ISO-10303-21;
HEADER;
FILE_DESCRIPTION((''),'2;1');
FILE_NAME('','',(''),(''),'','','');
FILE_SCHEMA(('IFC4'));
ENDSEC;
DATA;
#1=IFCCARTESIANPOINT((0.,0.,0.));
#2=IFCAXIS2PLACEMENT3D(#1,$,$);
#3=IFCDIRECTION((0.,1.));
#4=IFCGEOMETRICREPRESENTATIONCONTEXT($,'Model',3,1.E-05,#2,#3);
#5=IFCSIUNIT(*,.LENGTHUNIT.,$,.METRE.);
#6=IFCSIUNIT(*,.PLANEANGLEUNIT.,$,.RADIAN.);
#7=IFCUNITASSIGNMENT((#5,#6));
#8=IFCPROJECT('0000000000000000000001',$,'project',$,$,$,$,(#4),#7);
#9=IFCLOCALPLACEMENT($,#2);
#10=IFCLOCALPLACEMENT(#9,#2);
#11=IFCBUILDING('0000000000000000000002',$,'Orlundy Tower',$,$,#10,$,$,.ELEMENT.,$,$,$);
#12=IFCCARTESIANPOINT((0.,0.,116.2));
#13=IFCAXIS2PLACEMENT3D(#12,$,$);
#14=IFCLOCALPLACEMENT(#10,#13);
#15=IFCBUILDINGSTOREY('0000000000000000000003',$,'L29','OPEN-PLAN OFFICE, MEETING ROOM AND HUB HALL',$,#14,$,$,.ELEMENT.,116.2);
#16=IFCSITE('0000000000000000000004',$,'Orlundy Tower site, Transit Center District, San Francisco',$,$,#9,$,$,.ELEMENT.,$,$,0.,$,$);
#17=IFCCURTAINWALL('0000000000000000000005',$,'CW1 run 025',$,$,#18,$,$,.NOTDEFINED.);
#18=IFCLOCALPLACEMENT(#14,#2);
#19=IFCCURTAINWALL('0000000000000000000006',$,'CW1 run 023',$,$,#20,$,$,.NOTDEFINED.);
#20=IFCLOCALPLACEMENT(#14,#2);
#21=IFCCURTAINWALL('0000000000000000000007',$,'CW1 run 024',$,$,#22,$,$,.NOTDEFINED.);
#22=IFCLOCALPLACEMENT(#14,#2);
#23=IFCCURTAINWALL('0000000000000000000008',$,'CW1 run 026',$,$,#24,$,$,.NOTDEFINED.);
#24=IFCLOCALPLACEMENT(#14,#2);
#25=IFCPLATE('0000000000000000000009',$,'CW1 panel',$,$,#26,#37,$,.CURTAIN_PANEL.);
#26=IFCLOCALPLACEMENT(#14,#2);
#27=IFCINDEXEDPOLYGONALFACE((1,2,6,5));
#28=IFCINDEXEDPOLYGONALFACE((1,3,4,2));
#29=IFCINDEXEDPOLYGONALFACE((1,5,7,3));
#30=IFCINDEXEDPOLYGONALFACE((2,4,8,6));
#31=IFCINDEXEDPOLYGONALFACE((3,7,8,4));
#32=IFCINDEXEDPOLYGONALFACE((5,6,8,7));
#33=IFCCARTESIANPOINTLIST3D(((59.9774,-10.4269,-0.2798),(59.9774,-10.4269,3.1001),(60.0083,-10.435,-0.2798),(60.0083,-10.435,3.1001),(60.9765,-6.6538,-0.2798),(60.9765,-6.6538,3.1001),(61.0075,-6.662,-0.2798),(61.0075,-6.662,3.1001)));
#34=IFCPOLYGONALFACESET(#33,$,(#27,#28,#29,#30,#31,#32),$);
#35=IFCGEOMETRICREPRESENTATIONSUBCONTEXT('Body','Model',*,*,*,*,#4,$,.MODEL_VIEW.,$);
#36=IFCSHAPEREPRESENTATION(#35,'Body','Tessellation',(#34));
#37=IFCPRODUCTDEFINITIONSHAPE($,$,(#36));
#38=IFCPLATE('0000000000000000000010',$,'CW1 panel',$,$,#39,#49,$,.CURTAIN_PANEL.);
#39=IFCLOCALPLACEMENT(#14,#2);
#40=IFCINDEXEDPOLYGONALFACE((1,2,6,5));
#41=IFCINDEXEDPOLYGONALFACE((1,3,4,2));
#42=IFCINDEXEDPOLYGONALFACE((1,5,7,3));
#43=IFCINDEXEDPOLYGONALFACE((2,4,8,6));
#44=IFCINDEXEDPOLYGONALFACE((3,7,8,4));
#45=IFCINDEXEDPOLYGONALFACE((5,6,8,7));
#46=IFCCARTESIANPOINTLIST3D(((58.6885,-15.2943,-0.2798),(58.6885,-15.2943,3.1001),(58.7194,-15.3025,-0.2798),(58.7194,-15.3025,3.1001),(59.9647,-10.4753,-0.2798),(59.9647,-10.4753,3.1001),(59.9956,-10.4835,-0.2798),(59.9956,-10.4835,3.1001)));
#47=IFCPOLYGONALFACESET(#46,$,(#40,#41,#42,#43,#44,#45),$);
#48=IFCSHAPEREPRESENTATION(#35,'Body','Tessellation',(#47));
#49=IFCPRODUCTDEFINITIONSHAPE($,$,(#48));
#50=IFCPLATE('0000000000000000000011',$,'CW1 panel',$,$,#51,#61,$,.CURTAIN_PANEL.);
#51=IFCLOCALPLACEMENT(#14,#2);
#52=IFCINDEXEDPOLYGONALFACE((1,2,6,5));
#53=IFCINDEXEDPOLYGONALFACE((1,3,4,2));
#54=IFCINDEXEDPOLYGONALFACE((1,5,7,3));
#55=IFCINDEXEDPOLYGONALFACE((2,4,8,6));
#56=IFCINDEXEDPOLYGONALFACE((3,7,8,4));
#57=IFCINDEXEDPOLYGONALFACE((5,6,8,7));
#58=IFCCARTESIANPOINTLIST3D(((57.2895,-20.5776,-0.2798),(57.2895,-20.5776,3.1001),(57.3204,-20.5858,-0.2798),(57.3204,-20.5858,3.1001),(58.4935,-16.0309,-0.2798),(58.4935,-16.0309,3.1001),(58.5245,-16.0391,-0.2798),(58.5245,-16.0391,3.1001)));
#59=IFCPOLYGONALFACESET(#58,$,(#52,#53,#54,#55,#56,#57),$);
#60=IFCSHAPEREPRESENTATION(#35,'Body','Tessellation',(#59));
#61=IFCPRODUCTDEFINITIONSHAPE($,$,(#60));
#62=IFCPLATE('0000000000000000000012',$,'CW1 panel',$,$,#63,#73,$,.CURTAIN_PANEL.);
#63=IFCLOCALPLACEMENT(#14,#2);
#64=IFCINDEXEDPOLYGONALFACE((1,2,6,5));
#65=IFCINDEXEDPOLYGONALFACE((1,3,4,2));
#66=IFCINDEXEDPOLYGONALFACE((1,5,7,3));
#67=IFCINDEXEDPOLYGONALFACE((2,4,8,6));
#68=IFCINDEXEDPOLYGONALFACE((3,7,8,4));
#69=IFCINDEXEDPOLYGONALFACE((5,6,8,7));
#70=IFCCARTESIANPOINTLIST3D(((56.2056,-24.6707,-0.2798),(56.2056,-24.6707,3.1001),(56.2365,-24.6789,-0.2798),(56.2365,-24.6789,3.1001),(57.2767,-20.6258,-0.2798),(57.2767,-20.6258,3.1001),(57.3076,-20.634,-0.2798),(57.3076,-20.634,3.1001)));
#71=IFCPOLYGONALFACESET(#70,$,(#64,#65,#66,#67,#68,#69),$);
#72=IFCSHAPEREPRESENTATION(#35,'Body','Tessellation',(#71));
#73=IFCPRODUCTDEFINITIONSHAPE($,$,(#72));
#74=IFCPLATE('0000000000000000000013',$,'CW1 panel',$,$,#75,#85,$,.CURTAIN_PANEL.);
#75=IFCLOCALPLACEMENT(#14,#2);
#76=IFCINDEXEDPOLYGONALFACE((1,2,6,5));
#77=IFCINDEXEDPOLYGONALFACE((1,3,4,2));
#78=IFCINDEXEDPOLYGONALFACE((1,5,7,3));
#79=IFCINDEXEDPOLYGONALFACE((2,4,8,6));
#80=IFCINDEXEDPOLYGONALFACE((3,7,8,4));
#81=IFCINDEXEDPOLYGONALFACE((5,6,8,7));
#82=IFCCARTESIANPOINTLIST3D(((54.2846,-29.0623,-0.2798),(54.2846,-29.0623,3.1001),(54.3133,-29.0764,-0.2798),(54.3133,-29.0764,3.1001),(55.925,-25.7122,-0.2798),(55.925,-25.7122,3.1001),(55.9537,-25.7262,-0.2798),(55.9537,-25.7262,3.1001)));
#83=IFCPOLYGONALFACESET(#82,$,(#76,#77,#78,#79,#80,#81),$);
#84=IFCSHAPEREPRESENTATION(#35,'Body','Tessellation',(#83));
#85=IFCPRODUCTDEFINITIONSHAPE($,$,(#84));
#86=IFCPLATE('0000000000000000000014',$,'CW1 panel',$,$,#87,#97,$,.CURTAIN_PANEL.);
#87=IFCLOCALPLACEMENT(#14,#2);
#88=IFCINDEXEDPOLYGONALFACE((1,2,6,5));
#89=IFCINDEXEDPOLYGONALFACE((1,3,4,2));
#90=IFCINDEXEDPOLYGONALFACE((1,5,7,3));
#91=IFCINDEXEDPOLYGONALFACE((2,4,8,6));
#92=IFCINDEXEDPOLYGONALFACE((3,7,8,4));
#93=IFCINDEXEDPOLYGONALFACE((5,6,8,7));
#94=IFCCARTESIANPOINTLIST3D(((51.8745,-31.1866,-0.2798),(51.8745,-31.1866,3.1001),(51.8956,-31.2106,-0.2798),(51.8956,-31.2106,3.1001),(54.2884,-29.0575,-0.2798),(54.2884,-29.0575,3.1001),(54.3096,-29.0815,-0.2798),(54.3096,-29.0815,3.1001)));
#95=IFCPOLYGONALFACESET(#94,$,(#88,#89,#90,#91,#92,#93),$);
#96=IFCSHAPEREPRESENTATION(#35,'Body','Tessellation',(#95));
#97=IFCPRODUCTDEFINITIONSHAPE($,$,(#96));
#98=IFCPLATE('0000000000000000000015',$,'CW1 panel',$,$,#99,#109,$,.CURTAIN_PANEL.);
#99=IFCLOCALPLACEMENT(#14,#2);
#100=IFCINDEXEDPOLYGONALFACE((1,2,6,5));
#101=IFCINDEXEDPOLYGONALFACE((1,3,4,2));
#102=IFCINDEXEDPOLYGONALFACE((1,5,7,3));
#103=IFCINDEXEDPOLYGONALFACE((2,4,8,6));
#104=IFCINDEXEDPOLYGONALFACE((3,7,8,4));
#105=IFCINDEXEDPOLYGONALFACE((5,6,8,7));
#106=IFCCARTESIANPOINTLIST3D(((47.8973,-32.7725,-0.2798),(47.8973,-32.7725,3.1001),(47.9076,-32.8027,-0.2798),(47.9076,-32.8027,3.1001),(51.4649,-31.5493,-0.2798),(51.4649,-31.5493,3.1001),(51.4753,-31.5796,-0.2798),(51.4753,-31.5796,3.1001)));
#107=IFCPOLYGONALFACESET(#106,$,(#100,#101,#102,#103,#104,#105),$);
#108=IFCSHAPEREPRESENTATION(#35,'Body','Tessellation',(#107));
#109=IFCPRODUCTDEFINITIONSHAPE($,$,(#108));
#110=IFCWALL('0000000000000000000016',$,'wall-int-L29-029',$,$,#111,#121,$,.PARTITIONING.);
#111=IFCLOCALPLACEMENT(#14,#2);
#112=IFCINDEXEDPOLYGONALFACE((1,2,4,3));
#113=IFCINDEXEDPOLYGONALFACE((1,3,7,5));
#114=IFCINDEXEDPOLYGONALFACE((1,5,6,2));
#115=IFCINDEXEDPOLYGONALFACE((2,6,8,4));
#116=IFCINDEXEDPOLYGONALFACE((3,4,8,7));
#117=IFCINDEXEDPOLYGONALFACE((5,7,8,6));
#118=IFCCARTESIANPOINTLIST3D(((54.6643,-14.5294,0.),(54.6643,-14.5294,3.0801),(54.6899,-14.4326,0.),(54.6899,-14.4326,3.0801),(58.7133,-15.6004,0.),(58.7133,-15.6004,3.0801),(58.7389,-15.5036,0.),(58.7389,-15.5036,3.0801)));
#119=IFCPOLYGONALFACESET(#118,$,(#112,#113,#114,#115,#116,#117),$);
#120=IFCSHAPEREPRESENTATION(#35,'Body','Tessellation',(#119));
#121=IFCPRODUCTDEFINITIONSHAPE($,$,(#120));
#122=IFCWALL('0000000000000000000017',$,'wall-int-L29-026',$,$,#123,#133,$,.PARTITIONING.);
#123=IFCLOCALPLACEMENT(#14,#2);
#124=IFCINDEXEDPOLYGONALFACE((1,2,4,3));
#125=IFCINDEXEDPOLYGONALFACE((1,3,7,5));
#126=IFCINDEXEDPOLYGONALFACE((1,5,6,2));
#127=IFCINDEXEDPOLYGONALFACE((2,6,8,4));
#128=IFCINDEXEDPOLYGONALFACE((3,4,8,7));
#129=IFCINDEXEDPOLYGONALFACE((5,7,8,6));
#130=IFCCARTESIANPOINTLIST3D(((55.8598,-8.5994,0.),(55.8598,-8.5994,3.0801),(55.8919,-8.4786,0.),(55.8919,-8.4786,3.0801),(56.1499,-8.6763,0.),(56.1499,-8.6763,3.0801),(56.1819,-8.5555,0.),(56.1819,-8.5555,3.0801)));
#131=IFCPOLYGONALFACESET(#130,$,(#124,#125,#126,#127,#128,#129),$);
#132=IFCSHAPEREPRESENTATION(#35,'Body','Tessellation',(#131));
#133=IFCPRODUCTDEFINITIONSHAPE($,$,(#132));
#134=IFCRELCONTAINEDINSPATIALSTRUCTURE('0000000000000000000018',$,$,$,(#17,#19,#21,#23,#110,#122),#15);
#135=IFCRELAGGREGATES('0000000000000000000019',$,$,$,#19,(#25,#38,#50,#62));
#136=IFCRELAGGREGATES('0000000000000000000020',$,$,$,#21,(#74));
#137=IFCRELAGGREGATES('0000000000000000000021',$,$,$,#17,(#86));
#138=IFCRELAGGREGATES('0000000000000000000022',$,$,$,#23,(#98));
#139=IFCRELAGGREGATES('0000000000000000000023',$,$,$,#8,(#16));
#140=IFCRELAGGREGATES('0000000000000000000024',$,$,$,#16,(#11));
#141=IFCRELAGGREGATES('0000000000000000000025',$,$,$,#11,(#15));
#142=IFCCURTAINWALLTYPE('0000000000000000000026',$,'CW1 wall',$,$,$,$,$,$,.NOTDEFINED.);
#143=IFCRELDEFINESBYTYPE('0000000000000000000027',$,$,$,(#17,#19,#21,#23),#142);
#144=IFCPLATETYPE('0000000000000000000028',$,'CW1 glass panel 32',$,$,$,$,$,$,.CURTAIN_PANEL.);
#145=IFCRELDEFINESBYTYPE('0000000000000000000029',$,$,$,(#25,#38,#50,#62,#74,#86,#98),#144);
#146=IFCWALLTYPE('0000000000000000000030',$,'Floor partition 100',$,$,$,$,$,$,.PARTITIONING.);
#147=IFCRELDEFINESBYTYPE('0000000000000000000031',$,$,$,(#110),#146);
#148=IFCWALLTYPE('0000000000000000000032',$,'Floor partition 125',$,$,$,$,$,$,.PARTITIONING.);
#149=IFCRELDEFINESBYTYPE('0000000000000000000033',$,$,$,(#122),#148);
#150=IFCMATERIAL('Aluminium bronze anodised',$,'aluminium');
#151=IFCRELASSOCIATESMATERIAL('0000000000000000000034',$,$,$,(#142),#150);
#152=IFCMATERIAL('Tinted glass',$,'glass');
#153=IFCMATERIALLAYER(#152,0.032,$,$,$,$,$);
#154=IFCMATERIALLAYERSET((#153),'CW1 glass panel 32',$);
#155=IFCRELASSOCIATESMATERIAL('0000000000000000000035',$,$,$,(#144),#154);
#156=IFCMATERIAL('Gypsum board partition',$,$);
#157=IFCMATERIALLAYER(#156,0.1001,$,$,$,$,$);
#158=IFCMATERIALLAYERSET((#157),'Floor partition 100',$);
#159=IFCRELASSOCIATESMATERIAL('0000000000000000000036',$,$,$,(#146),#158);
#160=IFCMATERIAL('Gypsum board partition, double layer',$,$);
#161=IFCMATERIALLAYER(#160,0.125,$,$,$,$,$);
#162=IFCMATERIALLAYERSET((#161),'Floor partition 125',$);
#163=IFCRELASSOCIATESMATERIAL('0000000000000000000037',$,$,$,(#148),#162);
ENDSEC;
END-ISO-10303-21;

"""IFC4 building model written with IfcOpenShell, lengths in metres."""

from ifc_helpers import new_model, si_unit, direction, frame, frame_2d, origin, origin_2d, place, context, subcontext, project, spatial, rectangle, extrude, material, layer, layer_set, type_object, element, aggregate, save


model = new_model("IFC4")

# Units and contexts
model_context = context("Model", 3, precision=1e-05, world=origin(), true_north=direction((0.0, 1.0)))
body_context = subcontext(model_context, "Body", "Model", "MODEL_VIEW")
ifc_project = project(units=[si_unit("LENGTHUNIT", "METRE"), si_unit("PLANEANGLEUNIT", "RADIAN")], contexts=[model_context])

# Site, building, storey
site_placement = place(None, origin())
site = spatial("IfcSite", under=ifc_project, at=site_placement, Name="Orlundy Tower site, Transit Center District, San Francisco", CompositionType="ELEMENT", RefElevation=0.0)
building_placement = place(site_placement, origin())
building = spatial("IfcBuilding", under=site, at=building_placement, Name="Orlundy Tower", CompositionType="ELEMENT")
storey_placement = place(building_placement, frame((0.0, 0.0, 116.2)))
storey = spatial("IfcBuildingStorey", under=building, at=storey_placement, Name="L29", Description="OPEN-PLAN OFFICE, MEETING ROOM AND HUB HALL", CompositionType="ELEMENT", Elevation=116.2)

# Curtain wall
ifc_material_1 = material(Name="Aluminium bronze anodised", Category="aluminium")
curtain_wall_type = type_object("IfcCurtainWallType", Name="CW1 wall", PredefinedType="NOTDEFINED", material=ifc_material_1)
curtain_wall_1_placement = place(storey_placement, origin())
curtain_wall_1 = element("IfcCurtainWall", 1, at=curtain_wall_1_placement, inside=storey, type_object=curtain_wall_type, Name="CW1 run 025", PredefinedType="NOTDEFINED")

# Curtain wall
curtain_wall_2_placement = place(storey_placement, origin())
curtain_wall_2 = element("IfcCurtainWall", 2, at=curtain_wall_2_placement, inside=storey, type_object=curtain_wall_type, Name="CW1 run 023", PredefinedType="NOTDEFINED")

# Curtain wall
curtain_wall_3_placement = place(storey_placement, origin())
curtain_wall_3 = element("IfcCurtainWall", 3, at=curtain_wall_3_placement, inside=storey, type_object=curtain_wall_type, Name="CW1 run 024", PredefinedType="NOTDEFINED")

# Curtain wall
curtain_wall_4_placement = place(storey_placement, origin())
curtain_wall_4 = element("IfcCurtainWall", 4, at=curtain_wall_4_placement, inside=storey, type_object=curtain_wall_type, Name="CW1 run 026", PredefinedType="NOTDEFINED")

# Plates
ifc_material_2 = material(Name="Tinted glass", Category="glass")
ifc_layer_1 = layer(ifc_material_2, 0.032)
ifc_layer_set_1 = layer_set([ifc_layer_1], Name="CW1 glass panel 32")
plate_type = type_object("IfcPlateType", Name="CW1 glass panel 32", PredefinedType="CURTAIN_PANEL", material=ifc_layer_set_1)
plate_1_placement = place(storey_placement, frame((60.4924, -8.5444, -0.2798), z_axis=(0.0, 0.0, 1.0), x_axis=(-0.255991, -0.966679, 0.0)))
plate_1 = element("IfcPlate", 5, at=plate_1_placement, type_object=plate_type, Name="CW1 panel", PredefinedType="CURTAIN_PANEL", context=body_context, shape_type="SweptSolid", body=[
    extrude(rectangle(XDim=3.9031, YDim=0.032, at=origin_2d()), origin(), (0.0, 0.0, 1.0), 3.3799),
])
plate_2_placement = place(storey_placement, frame((59.342, -12.8889, -0.2798), z_axis=(0.0, 0.0, 1.0), x_axis=(-0.255991, -0.966679, 0.0)))
plate_2 = element("IfcPlate", 6, at=plate_2_placement, type_object=plate_type, Name="CW1 panel", PredefinedType="CURTAIN_PANEL", context=body_context, shape_type="SweptSolid", body=[
    extrude(rectangle(XDim=4.9851, YDim=0.032, at=origin_2d()), origin(), (0.0, 0.0, 1.0), 3.3799),
])
plate_3_placement = place(storey_placement, frame((57.907, -18.3083, -0.2798), z_axis=(0.0, 0.0, 1.0), x_axis=(-0.255991, -0.966679, 0.0)))
plate_3 = element("IfcPlate", 7, at=plate_3_placement, type_object=plate_type, Name="CW1 panel", PredefinedType="CURTAIN_PANEL", context=body_context, shape_type="SweptSolid", body=[
    extrude(rectangle(XDim=4.7034, YDim=0.032, at=origin_2d()), origin(), (0.0, 0.0, 1.0), 3.3799),
])
plate_4_placement = place(storey_placement, frame((56.7566, -22.6523, -0.2798), z_axis=(0.0, 0.0, 1.0), x_axis=(-0.255991, -0.966679, 0.0)))
plate_4 = element("IfcPlate", 8, at=plate_4_placement, type_object=plate_type, Name="CW1 panel", PredefinedType="CURTAIN_PANEL", context=body_context, shape_type="SweptSolid", body=[
    extrude(rectangle(XDim=4.1843, YDim=0.032, at=origin_2d()), origin(), (0.0, 0.0, 1.0), 3.3799),
])
aggregate(curtain_wall_2, [plate_1, plate_2, plate_3, plate_4])
plate_5_placement = place(storey_placement, frame((55.1191, -27.3943, -0.2798), z_axis=(0.0, 0.0, 1.0), x_axis=(-0.439752, -0.898119, 0.0)))
plate_5 = element("IfcPlate", 9, at=plate_5_placement, type_object=plate_type, Name="CW1 panel", PredefinedType="CURTAIN_PANEL", context=body_context, shape_type="SweptSolid", body=[
    extrude(rectangle(XDim=3.7302, YDim=0.032, at=origin_2d()), origin(), (0.0, 0.0, 1.0), 3.3799),
])
aggregate(curtain_wall_3, [plate_5])
plate_6_placement = place(storey_placement, frame((53.092, -30.134, -0.2798), z_axis=(0.0, 0.0, 1.0), x_axis=(-0.749964, -0.661479, 0.0)))
plate_6 = element("IfcPlate", 10, at=plate_6_placement, type_object=plate_type, Name="CW1 panel", PredefinedType="CURTAIN_PANEL", context=body_context, shape_type="SweptSolid", body=[
    extrude(rectangle(XDim=3.2188, YDim=0.032, at=origin_2d()), origin(), (0.0, 0.0, 1.0), 3.3799),
])
aggregate(curtain_wall_1, [plate_6])
plate_7_placement = place(storey_placement, frame((49.6863, -32.176, -0.2798), z_axis=(0.0, 0.0, 1.0), x_axis=(-0.945951, -0.324311, 0.0)))
plate_7 = element("IfcPlate", 11, at=plate_7_placement, type_object=plate_type, Name="CW1 panel", PredefinedType="CURTAIN_PANEL", context=body_context, shape_type="SweptSolid", body=[
    extrude(rectangle(XDim=3.7715, YDim=0.032, at=origin_2d()), origin(), (0.0, 0.0, 1.0), 3.3799),
])
aggregate(curtain_wall_4, [plate_7])

# Walls
ifc_material_3 = material(Name="Gypsum board partition")
ifc_layer_2 = layer(ifc_material_3, 0.1001)
ifc_layer_set_2 = layer_set([ifc_layer_2], Name="Floor partition 100")
wall_type_1 = type_object("IfcWallType", Name="Floor partition 100", PredefinedType="PARTITIONING", material=ifc_layer_set_2)
wall_1_placement = place(storey_placement, frame((54.677, -14.481, 0.0), z_axis=(0.0, 0.0, 1.0), x_axis=(0.966751, -0.255721, 0.0)))
element("IfcWall", 12, at=wall_1_placement, inside=storey, type_object=wall_type_1, Name="wall-int-L29-029", PredefinedType="PARTITIONING", context=body_context, shape_type="SweptSolid", body=[
    extrude(rectangle(XDim=4.1882, YDim=0.1001, at=frame_2d((2.0942, 0.0))), origin(), (0.0, 0.0, 1.0), 3.0801),
])
ifc_material_4 = material(Name="Gypsum board partition, double layer")
ifc_layer_3 = layer(ifc_material_4, 0.125)
ifc_layer_set_3 = layer_set([ifc_layer_3], Name="Floor partition 125")
wall_type_2 = type_object("IfcWallType", Name="Floor partition 125", PredefinedType="PARTITIONING", material=ifc_layer_set_3)
wall_2_placement = place(storey_placement, frame((55.876, -8.5391, 0.0), z_axis=(0.0, 0.0, 1.0), x_axis=(0.966599, -0.256295, 0.0)))
element("IfcWall", 13, at=wall_2_placement, inside=storey, type_object=wall_type_2, Name="wall-int-L29-026", PredefinedType="PARTITIONING", context=body_context, shape_type="SweptSolid", body=[
    extrude(rectangle(XDim=0.3, YDim=0.125, at=frame_2d((0.1499, 0.0))), origin(), (0.0, 0.0, 1.0), 3.0801),
])

save(model, "model.ifc")
